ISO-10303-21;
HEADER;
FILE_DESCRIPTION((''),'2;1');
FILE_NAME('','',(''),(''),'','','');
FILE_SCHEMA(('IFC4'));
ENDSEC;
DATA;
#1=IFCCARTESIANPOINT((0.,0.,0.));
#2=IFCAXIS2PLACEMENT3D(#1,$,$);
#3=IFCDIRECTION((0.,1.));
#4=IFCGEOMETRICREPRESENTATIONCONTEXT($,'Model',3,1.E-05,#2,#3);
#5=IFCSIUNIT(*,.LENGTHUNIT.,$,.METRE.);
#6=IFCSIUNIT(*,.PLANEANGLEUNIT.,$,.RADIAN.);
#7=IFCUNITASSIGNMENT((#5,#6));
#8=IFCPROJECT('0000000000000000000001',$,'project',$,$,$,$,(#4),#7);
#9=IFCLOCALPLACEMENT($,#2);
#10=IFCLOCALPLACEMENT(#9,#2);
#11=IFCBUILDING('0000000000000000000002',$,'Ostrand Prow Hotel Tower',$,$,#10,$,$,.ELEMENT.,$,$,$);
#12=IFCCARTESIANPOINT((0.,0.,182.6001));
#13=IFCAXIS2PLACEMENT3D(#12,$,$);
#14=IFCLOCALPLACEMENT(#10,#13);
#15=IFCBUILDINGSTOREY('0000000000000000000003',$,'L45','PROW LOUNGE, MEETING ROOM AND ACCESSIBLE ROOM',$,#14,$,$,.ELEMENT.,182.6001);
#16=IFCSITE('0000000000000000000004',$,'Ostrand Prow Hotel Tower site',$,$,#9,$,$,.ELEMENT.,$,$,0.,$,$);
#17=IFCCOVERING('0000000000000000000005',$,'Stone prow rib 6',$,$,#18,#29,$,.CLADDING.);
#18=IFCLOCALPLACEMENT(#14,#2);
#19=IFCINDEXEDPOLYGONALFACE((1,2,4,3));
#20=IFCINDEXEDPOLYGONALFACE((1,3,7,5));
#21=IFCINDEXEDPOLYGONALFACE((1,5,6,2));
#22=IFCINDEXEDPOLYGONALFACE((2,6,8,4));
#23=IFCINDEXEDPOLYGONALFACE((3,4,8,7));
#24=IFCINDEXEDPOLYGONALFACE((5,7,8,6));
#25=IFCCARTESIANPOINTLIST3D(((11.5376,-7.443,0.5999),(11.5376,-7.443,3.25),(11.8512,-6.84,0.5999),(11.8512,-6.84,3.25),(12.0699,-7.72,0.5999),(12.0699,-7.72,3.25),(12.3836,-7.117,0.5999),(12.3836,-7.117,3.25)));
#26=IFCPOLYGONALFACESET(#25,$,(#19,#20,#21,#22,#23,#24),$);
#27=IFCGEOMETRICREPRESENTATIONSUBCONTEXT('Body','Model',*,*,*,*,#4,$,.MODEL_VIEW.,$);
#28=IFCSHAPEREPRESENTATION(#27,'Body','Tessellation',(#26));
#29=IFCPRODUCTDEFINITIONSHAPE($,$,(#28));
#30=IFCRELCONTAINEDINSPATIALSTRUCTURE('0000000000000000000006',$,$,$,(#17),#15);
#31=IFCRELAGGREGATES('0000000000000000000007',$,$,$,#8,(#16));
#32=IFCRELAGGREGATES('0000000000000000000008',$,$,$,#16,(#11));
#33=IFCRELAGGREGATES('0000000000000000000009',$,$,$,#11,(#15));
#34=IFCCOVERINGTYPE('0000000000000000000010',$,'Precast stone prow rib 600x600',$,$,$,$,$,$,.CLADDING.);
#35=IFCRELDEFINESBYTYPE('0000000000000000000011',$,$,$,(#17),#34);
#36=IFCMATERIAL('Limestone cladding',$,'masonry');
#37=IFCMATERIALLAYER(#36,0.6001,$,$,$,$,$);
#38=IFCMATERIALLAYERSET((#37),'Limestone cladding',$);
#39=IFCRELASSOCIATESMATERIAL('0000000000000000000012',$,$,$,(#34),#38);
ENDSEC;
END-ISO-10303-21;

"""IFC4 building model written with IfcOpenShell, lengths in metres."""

from ifc_helpers import new_model, si_unit, direction, frame, frame_2d, origin, place, context, subcontext, project, spatial, rectangle, extrude, material, layer, layer_set, type_object, element, save


model = new_model("IFC4")

# Units and contexts
model_context = context("Model", 3, precision=1e-05, world=origin(), true_north=direction((0.0, 1.0)))
body_context = subcontext(model_context, "Body", "Model", "MODEL_VIEW")
ifc_project = project(units=[si_unit("LENGTHUNIT", "METRE"), si_unit("PLANEANGLEUNIT", "RADIAN")], contexts=[model_context])

# Site, building, storey
site_placement = place(None, origin())
site = spatial("IfcSite", under=ifc_project, at=site_placement, Name="Ostrand Prow Hotel Tower site", CompositionType="ELEMENT", RefElevation=0.0)
building_placement = place(site_placement, origin())
building = spatial("IfcBuilding", under=site, at=building_placement, Name="Ostrand Prow Hotel Tower", CompositionType="ELEMENT")
storey_placement = place(building_placement, frame((0.0, 0.0, 182.6001)))
storey = spatial("IfcBuildingStorey", under=building, at=storey_placement, Name="L45", Description="PROW LOUNGE, MEETING ROOM AND ACCESSIBLE ROOM", CompositionType="ELEMENT", Elevation=182.6001)

# Covering
ifc_material_1 = material(Name="Limestone cladding", Category="masonry")
ifc_layer_1 = layer(ifc_material_1, 0.6001)
ifc_layer_set_1 = layer_set([ifc_layer_1], Name="Limestone cladding")
covering_type_1 = type_object("IfcCoveringType", Name="Precast stone prow rib 600x600", PredefinedType="CLADDING", material=ifc_layer_set_1)
covering_1_placement = place(storey_placement, frame((12.1174, -6.9785, 0.5999), z_axis=(0.0, 0.0, 1.0), x_axis=(-0.461522, -0.887129, 0.0)))
element("IfcCovering", 1, at=covering_1_placement, inside=storey, type_object=covering_type_1, Name="Stone prow rib 6", PredefinedType="CLADDING", context=body_context, shape_type="SweptSolid", body=[
    extrude(rectangle(XDim=0.6797, YDim=0.6001, at=frame_2d((0.3398, 0.0))), origin(), (0.0, 0.0, 1.0), 2.6501),
])

save(model, "model.ifc")
